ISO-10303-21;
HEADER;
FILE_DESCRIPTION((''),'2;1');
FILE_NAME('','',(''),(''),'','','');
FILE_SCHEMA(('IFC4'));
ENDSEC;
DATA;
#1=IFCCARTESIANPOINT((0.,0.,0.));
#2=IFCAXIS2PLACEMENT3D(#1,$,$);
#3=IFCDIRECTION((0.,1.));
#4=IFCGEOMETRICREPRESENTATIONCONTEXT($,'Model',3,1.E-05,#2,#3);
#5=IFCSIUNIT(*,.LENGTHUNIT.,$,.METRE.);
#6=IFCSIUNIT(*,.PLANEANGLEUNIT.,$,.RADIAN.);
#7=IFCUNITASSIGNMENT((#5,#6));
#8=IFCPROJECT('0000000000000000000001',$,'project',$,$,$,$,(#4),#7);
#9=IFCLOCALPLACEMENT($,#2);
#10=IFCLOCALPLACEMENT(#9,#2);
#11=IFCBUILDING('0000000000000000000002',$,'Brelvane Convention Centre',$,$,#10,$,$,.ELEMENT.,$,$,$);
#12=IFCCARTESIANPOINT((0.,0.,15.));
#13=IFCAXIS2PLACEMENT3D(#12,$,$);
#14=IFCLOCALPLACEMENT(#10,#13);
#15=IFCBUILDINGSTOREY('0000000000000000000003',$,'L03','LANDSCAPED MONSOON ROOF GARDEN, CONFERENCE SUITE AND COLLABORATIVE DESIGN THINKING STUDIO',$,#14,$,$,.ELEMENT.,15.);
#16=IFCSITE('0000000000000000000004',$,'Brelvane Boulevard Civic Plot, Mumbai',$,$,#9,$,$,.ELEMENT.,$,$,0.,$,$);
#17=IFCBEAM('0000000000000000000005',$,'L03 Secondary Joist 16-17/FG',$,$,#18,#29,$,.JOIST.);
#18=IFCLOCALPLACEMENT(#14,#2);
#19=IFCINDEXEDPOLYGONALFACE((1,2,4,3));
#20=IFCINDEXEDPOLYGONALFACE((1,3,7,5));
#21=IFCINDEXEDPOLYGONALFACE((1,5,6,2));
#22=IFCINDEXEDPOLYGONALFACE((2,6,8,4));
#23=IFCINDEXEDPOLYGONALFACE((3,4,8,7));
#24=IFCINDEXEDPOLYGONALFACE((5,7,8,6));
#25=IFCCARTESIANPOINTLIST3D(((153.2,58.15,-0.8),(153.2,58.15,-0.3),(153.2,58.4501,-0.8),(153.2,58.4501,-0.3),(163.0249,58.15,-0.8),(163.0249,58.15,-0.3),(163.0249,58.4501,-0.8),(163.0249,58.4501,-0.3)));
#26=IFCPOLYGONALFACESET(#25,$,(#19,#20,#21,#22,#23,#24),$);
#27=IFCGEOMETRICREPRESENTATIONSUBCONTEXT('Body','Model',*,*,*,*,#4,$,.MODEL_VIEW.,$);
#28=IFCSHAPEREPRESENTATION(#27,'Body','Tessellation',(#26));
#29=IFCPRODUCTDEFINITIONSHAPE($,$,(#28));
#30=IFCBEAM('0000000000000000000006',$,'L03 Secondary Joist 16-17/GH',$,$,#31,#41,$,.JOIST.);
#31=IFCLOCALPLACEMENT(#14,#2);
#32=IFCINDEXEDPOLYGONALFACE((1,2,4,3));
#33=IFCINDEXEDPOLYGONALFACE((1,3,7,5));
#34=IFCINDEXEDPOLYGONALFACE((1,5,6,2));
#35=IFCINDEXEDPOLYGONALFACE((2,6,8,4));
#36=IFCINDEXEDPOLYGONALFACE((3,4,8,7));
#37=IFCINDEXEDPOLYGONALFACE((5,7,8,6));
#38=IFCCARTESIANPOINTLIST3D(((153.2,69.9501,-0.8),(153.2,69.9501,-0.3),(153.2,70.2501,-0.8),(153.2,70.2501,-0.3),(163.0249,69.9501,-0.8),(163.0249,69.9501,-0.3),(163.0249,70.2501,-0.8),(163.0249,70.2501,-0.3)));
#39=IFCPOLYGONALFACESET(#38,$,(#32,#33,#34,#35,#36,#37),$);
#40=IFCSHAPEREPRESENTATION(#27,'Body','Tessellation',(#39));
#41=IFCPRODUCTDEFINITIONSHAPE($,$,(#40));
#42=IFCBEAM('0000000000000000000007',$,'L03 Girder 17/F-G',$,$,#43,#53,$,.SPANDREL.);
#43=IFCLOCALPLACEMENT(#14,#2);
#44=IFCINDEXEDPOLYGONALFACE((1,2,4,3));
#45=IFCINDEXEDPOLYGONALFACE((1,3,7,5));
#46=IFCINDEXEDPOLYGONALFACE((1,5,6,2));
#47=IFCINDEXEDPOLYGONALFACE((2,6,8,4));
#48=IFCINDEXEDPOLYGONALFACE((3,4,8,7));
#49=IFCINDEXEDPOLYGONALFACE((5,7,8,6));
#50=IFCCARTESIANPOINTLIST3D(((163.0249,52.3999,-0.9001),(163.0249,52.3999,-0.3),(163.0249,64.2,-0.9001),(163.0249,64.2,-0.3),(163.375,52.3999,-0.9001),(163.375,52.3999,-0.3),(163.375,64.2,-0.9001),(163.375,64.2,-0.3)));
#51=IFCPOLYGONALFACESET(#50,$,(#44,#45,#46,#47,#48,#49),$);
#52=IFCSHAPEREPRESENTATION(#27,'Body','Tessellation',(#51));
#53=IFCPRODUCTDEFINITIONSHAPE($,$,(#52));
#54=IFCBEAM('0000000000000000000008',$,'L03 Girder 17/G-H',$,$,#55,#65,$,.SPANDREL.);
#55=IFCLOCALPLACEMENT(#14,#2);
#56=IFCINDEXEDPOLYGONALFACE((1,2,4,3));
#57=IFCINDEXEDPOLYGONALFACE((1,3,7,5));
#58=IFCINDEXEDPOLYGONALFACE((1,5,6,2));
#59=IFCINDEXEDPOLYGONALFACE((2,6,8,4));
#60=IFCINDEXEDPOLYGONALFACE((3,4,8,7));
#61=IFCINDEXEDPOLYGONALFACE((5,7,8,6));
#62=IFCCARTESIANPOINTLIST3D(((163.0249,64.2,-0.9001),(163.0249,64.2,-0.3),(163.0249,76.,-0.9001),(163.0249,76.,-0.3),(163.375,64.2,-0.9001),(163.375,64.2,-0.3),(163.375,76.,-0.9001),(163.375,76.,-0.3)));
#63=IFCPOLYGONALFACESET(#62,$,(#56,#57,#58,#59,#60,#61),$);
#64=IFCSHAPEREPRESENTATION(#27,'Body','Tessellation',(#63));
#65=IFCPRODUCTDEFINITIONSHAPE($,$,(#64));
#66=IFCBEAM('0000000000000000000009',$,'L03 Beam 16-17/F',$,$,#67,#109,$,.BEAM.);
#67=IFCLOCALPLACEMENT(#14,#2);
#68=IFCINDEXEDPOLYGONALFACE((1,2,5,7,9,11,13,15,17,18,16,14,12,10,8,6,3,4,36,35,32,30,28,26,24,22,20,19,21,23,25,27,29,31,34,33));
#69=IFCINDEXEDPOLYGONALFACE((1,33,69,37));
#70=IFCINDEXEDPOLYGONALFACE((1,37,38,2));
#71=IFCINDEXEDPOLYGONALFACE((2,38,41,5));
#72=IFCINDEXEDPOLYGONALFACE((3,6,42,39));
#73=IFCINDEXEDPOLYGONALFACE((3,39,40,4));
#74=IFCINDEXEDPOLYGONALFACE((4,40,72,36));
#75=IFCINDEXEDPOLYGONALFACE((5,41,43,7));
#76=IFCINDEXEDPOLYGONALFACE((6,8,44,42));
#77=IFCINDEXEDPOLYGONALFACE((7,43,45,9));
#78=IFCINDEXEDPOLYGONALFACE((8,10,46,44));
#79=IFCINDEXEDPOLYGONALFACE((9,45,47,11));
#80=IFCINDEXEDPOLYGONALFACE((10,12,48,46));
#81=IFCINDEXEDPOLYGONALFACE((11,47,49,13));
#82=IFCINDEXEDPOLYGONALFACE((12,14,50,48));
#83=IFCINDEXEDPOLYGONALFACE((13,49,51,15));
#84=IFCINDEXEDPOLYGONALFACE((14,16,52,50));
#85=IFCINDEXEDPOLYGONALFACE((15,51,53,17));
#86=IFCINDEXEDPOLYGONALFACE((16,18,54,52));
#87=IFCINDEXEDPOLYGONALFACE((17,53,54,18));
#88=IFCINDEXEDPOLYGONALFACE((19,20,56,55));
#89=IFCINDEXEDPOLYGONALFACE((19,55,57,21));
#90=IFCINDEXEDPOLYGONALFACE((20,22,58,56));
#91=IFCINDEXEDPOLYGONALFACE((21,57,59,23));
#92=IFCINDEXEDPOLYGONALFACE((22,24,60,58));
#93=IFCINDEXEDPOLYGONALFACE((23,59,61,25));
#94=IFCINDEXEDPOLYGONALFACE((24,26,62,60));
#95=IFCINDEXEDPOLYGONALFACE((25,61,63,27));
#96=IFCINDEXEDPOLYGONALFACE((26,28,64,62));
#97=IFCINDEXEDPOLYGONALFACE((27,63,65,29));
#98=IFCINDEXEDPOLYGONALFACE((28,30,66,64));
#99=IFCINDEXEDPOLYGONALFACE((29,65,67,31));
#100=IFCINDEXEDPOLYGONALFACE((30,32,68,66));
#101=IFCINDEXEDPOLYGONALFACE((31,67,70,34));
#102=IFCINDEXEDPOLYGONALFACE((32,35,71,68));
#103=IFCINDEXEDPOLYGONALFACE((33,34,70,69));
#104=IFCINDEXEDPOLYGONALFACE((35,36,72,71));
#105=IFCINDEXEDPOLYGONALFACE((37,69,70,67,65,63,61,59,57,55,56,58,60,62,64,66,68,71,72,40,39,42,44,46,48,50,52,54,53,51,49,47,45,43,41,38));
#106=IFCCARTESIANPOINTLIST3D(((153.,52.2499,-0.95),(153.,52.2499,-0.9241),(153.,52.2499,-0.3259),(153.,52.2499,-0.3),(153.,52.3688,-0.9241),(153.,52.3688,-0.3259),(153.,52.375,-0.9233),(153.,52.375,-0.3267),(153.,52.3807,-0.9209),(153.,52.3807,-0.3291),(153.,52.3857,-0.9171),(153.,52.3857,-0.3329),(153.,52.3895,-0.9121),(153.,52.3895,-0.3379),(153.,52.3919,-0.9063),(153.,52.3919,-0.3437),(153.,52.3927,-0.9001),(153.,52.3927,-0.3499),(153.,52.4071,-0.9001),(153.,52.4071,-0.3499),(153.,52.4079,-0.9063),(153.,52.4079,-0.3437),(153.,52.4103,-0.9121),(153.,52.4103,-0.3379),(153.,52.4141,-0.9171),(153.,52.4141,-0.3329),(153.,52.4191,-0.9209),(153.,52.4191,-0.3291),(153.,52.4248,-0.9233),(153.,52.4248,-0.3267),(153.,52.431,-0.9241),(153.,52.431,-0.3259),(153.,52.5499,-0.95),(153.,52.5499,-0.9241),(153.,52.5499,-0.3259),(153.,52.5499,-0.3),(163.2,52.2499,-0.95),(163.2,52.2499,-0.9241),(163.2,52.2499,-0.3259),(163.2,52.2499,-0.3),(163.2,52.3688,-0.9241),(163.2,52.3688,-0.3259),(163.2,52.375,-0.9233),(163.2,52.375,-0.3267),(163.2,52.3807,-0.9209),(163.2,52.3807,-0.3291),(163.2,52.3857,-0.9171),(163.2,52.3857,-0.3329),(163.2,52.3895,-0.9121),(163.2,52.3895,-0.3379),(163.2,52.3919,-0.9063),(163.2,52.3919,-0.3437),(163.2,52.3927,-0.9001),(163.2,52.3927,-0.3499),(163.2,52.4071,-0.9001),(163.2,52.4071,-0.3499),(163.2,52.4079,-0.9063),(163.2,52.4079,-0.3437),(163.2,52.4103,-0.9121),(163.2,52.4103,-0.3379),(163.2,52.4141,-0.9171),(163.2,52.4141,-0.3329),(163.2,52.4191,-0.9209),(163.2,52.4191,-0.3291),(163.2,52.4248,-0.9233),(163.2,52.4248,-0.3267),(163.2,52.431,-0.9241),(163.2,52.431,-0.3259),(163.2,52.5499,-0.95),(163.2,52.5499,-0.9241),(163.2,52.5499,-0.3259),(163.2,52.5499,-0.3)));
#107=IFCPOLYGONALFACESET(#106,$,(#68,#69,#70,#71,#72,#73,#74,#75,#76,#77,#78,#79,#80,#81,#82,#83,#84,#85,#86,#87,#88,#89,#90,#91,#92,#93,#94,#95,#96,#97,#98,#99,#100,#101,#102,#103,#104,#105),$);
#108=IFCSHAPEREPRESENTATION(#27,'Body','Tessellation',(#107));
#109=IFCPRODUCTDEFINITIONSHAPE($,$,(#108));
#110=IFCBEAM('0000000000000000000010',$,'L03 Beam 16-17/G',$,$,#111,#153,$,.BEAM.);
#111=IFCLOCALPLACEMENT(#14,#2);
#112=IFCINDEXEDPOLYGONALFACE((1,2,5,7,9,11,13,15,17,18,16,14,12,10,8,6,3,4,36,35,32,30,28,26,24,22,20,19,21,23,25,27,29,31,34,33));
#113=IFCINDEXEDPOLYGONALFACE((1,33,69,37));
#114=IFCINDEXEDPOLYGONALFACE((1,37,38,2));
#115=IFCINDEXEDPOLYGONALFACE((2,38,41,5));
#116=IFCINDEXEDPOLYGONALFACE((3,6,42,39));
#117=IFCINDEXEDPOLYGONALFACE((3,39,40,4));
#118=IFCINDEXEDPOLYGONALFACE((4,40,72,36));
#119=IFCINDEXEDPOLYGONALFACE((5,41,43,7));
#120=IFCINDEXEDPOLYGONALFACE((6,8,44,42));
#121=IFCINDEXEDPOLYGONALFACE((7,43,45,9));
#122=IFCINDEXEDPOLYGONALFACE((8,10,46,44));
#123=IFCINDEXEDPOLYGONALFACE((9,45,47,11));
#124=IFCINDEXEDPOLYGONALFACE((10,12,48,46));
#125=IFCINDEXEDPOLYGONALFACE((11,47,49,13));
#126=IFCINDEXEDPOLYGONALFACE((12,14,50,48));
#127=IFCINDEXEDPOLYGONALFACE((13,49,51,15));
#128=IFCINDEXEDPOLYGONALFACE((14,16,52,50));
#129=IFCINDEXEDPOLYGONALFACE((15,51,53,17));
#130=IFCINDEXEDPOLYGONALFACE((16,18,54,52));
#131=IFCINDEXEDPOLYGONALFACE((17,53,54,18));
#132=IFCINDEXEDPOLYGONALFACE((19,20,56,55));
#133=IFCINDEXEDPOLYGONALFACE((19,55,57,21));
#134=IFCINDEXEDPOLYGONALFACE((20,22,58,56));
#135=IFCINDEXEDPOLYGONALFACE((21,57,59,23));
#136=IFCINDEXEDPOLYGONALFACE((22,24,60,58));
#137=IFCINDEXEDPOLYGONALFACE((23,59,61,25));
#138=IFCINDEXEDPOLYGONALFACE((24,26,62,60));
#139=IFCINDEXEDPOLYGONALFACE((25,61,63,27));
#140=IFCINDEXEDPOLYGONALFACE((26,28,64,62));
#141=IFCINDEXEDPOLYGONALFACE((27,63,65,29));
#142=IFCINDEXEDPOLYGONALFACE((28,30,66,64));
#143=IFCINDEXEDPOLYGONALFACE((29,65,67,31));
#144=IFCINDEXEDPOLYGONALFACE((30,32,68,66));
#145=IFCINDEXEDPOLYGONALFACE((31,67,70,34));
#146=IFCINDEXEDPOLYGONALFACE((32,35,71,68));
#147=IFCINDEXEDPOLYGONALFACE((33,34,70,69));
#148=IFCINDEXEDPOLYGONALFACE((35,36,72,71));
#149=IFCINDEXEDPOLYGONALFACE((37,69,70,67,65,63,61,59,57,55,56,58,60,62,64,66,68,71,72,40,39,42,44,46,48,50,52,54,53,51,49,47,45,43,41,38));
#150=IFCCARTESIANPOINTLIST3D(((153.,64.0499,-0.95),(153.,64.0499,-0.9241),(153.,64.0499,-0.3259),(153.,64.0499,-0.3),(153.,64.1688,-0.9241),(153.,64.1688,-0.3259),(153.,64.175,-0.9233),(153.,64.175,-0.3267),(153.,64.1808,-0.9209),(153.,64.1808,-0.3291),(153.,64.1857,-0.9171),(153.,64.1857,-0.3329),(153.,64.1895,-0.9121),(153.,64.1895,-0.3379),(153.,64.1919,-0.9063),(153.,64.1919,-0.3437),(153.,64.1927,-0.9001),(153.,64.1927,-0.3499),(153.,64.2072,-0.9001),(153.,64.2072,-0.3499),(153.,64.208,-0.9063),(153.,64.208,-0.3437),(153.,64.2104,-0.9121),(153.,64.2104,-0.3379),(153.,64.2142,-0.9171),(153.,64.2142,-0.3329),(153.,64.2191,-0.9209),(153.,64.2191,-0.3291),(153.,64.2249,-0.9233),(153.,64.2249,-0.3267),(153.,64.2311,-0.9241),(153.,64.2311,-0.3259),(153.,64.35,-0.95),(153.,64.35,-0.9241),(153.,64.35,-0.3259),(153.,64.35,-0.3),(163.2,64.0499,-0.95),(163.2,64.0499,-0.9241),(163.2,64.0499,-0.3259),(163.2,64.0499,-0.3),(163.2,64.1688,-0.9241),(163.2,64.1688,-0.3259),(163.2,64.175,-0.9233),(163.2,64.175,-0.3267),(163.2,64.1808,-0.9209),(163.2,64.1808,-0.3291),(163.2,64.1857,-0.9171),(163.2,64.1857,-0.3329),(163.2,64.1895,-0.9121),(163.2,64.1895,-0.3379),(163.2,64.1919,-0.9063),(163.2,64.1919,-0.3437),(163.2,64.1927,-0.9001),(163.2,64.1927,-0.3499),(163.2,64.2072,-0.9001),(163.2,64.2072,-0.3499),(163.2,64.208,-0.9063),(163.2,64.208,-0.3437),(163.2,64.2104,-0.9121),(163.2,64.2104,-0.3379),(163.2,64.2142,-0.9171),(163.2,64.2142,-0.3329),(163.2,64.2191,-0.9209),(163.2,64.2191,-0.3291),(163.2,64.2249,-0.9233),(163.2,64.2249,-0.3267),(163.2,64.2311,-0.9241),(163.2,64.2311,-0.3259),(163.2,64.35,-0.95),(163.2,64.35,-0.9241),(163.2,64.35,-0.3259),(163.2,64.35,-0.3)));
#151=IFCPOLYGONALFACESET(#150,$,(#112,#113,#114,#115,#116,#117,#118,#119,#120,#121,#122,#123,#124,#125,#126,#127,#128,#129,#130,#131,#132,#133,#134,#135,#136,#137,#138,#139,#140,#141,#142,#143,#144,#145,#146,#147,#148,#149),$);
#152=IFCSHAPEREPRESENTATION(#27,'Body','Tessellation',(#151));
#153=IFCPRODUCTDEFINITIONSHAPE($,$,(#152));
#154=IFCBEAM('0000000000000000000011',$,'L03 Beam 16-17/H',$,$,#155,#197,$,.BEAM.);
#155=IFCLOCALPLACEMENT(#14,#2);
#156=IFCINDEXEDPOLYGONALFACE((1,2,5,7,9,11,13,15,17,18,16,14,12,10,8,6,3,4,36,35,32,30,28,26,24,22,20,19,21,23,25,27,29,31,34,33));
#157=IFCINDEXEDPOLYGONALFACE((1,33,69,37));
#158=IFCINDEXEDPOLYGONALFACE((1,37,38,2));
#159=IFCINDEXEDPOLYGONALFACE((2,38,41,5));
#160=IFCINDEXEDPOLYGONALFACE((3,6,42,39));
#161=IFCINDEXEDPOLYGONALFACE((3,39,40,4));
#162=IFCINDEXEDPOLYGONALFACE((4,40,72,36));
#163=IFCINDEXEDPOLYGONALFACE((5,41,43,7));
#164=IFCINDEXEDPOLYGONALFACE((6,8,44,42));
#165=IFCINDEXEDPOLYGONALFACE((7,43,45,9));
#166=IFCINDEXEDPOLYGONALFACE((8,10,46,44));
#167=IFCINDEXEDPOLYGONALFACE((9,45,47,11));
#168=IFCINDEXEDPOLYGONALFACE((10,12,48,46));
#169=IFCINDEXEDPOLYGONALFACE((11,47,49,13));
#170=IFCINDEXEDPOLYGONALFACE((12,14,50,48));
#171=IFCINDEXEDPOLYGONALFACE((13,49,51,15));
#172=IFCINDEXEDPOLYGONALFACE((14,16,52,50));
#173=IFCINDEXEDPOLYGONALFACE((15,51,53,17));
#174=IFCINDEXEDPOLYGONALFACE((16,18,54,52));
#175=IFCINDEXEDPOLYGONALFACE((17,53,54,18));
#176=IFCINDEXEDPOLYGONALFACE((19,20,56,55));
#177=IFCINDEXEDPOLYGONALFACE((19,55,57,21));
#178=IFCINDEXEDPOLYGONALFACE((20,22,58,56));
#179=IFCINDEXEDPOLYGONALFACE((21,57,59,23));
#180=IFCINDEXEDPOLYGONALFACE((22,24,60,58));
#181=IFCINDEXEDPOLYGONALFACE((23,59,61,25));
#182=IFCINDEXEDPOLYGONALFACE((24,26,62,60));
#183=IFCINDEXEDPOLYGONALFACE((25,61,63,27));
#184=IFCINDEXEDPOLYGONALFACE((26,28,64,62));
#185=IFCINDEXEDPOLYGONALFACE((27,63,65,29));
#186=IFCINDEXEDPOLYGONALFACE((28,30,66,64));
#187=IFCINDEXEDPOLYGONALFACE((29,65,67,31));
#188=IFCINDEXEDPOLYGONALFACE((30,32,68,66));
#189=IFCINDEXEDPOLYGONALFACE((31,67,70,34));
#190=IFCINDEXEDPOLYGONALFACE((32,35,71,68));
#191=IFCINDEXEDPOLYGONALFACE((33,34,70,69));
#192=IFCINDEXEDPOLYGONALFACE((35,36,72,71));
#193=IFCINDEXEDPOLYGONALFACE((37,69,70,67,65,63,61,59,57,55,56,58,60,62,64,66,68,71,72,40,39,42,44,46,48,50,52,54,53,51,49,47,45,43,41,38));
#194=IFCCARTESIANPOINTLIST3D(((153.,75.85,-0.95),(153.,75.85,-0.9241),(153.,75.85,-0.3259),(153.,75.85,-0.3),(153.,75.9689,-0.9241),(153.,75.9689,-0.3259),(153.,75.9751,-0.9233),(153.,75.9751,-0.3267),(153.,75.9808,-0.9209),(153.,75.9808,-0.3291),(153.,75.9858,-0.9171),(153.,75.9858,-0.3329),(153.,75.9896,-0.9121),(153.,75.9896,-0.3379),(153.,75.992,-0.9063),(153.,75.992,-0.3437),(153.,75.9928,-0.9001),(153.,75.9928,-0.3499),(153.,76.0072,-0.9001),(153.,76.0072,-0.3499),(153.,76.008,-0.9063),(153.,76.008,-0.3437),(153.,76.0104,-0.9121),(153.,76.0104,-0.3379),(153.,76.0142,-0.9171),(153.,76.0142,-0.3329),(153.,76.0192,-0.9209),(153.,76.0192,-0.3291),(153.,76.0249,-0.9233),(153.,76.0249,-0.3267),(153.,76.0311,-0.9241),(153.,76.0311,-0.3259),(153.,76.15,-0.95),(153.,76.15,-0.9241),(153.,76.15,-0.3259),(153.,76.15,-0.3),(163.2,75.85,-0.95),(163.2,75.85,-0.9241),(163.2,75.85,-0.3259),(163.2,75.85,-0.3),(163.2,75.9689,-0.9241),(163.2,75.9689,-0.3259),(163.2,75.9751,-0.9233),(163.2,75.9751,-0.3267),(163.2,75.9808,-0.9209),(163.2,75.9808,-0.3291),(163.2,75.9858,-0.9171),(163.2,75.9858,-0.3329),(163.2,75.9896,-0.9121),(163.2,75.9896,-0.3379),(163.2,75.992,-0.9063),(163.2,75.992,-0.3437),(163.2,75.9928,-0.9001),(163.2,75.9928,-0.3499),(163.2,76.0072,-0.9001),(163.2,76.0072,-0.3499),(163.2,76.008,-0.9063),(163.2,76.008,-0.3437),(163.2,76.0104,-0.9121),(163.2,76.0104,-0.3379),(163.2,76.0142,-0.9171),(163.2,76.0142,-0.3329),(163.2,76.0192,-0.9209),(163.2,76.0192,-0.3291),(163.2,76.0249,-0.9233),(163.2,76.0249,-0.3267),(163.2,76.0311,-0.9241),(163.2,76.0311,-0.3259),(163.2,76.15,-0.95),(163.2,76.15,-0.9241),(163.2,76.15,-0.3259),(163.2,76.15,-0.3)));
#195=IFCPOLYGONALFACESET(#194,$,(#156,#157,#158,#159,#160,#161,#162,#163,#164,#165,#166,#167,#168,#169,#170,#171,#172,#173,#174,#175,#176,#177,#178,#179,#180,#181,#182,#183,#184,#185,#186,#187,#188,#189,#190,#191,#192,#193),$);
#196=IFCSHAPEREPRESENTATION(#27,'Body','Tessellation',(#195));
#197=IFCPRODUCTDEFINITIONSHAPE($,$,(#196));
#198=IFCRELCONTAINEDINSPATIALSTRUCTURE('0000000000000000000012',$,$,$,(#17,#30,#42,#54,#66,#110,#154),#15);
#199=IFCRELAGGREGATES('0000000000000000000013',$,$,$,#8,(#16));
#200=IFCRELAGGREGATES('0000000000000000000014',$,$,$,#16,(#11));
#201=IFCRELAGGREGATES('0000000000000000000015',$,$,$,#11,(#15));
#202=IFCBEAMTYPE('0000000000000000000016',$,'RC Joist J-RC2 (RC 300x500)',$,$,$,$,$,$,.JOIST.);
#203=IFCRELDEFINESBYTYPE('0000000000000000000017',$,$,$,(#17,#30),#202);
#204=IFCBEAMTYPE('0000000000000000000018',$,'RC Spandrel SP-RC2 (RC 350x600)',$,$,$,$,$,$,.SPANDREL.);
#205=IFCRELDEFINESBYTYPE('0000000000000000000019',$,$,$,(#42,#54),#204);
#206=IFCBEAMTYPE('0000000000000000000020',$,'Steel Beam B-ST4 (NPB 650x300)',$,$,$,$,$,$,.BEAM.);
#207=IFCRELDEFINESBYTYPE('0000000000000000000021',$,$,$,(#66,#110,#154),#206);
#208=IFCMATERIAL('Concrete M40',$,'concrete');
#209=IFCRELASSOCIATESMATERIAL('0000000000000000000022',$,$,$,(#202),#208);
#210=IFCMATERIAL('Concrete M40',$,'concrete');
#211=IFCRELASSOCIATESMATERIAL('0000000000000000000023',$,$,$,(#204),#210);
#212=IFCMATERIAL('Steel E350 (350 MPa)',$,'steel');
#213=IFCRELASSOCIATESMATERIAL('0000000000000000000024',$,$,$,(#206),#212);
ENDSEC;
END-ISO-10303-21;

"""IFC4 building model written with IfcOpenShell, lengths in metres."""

from ifc_helpers import new_model, si_unit, direction, frame, origin, origin_2d, place, context, subcontext, project, spatial, rectangle, i_section, extrude, material, material_profile, profile_set, type_object, element, save


model = new_model("IFC4")

# Units and contexts
model_context = context("Model", 3, precision=1e-05, world=origin(), true_north=direction((0.0, 1.0)))
body_context = subcontext(model_context, "Body", "Model", "MODEL_VIEW")
ifc_project = project(units=[si_unit("LENGTHUNIT", "METRE"), si_unit("PLANEANGLEUNIT", "RADIAN")], contexts=[model_context])

# Site, building, storey
site_placement = place(None, origin())
site = spatial("IfcSite", under=ifc_project, at=site_placement, Name="Brelvane Boulevard Civic Plot, Mumbai", CompositionType="ELEMENT", RefElevation=0.0)
building_placement = place(site_placement, origin())
building = spatial("IfcBuilding", under=site, at=building_placement, Name="Brelvane Convention Centre", CompositionType="ELEMENT")
storey_placement = place(building_placement, frame((0.0, 0.0, 15.0)))
storey = spatial("IfcBuildingStorey", under=building, at=storey_placement, Name="L03", Description="LANDSCAPED MONSOON ROOF GARDEN, CONFERENCE SUITE AND COLLABORATIVE DESIGN THINKING STUDIO", CompositionType="ELEMENT", Elevation=15.0)

# Beams
ifc_material_1 = material(Name="Concrete M40", Category="concrete")
ifc_material_profile_1 = material_profile(ifc_material_1, rectangle(XDim=0.3, YDim=0.5, at=origin_2d()), Name="RC 300x500")
ifc_profile_set_1 = profile_set([ifc_material_profile_1], Name="Concrete M40")
beam_type_1 = type_object("IfcBeamType", Name="RC Joist J-RC2 (RC 300x500)", PredefinedType="JOIST", material=ifc_profile_set_1)
for number, where, z_axis, x_axis, name in (
    (1, (153.2, 58.3, -0.55), (1.0, 0.0, 0.0), (0.0, 1.0, 0.0), "L03 Secondary Joist 16-17/FG"),
    (2, (153.2, 70.1001, -0.55), (1.0, 0.0, 0.0), (0.0, 1.0, 0.0), "L03 Secondary Joist 16-17/GH"),
):
    element("IfcBeam", number, at=place(storey_placement, frame(where, z_axis=z_axis, x_axis=x_axis)), inside=storey, type_object=beam_type_1, Name=name, PredefinedType="JOIST", context=body_context, shape_type="SweptSolid", body=[
        extrude(rectangle(XDim=0.3, YDim=0.5, at=origin_2d()), origin(), (0.0, 0.0, 1.0), 9.825),
    ])
ifc_material_2 = material(Name="Concrete M40", Category="concrete")
ifc_material_profile_2 = material_profile(ifc_material_2, rectangle(XDim=0.3501, YDim=0.6001, at=origin_2d()), Name="RC 350x600")
ifc_profile_set_2 = profile_set([ifc_material_profile_2], Name="Concrete M40")
beam_type_2 = type_object("IfcBeamType", Name="RC Spandrel SP-RC2 (RC 350x600)", PredefinedType="SPANDREL", material=ifc_profile_set_2)
for number, where, z_axis, x_axis, name in (
    (3, (163.2, 52.3999, -0.6001), (0.0, 1.0, 0.0), (-1.0, 0.0, 0.0), "L03 Girder 17/F-G"),
    (4, (163.2, 64.2, -0.6001), (0.0, 1.0, 0.0), (-1.0, 0.0, 0.0), "L03 Girder 17/G-H"),
):
    element("IfcBeam", number, at=place(storey_placement, frame(where, z_axis=z_axis, x_axis=x_axis)), inside=storey, type_object=beam_type_2, Name=name, PredefinedType="SPANDREL", context=body_context, shape_type="SweptSolid", body=[
        extrude(rectangle(XDim=0.3501, YDim=0.6001, at=origin_2d()), origin(), (0.0, 0.0, 1.0), 11.8),
    ])
ifc_material_3 = material(Name="Steel E350 (350 MPa)", Category="steel")
ifc_material_profile_3 = material_profile(ifc_material_3, i_section(OverallWidth=0.3, OverallDepth=0.6499, WebThickness=0.0144, FlangeThickness=0.0259, FilletRadius=0.0239, at=origin_2d()), Name="NPB 650x300")
ifc_profile_set_3 = profile_set([ifc_material_profile_3], Name="Steel E350 (350 MPa)")
beam_type_3 = type_object("IfcBeamType", Name="Steel Beam B-ST4 (NPB 650x300)", PredefinedType="BEAM", material=ifc_profile_set_3)
for number, where, z_axis, x_axis, name in (
    (5, (153.0, 52.3999, -0.625), (1.0, 0.0, 0.0), (0.0, 1.0, 0.0), "L03 Beam 16-17/F"),
    (6, (153.0, 64.2, -0.625), (1.0, 0.0, 0.0), (0.0, 1.0, 0.0), "L03 Beam 16-17/G"),
    (7, (153.0, 76.0, -0.625), (1.0, 0.0, 0.0), (0.0, 1.0, 0.0), "L03 Beam 16-17/H"),
):
    element("IfcBeam", number, at=place(storey_placement, frame(where, z_axis=z_axis, x_axis=x_axis)), inside=storey, type_object=beam_type_3, Name=name, PredefinedType="BEAM", context=body_context, shape_type="SweptSolid", body=[
        extrude(i_section(OverallWidth=0.3, OverallDepth=0.6499, WebThickness=0.0144, FlangeThickness=0.0259, FilletRadius=0.0239, at=origin_2d()), origin(), (0.0, 0.0, 1.0), 10.2),
    ])

save(model, "model.ifc")
